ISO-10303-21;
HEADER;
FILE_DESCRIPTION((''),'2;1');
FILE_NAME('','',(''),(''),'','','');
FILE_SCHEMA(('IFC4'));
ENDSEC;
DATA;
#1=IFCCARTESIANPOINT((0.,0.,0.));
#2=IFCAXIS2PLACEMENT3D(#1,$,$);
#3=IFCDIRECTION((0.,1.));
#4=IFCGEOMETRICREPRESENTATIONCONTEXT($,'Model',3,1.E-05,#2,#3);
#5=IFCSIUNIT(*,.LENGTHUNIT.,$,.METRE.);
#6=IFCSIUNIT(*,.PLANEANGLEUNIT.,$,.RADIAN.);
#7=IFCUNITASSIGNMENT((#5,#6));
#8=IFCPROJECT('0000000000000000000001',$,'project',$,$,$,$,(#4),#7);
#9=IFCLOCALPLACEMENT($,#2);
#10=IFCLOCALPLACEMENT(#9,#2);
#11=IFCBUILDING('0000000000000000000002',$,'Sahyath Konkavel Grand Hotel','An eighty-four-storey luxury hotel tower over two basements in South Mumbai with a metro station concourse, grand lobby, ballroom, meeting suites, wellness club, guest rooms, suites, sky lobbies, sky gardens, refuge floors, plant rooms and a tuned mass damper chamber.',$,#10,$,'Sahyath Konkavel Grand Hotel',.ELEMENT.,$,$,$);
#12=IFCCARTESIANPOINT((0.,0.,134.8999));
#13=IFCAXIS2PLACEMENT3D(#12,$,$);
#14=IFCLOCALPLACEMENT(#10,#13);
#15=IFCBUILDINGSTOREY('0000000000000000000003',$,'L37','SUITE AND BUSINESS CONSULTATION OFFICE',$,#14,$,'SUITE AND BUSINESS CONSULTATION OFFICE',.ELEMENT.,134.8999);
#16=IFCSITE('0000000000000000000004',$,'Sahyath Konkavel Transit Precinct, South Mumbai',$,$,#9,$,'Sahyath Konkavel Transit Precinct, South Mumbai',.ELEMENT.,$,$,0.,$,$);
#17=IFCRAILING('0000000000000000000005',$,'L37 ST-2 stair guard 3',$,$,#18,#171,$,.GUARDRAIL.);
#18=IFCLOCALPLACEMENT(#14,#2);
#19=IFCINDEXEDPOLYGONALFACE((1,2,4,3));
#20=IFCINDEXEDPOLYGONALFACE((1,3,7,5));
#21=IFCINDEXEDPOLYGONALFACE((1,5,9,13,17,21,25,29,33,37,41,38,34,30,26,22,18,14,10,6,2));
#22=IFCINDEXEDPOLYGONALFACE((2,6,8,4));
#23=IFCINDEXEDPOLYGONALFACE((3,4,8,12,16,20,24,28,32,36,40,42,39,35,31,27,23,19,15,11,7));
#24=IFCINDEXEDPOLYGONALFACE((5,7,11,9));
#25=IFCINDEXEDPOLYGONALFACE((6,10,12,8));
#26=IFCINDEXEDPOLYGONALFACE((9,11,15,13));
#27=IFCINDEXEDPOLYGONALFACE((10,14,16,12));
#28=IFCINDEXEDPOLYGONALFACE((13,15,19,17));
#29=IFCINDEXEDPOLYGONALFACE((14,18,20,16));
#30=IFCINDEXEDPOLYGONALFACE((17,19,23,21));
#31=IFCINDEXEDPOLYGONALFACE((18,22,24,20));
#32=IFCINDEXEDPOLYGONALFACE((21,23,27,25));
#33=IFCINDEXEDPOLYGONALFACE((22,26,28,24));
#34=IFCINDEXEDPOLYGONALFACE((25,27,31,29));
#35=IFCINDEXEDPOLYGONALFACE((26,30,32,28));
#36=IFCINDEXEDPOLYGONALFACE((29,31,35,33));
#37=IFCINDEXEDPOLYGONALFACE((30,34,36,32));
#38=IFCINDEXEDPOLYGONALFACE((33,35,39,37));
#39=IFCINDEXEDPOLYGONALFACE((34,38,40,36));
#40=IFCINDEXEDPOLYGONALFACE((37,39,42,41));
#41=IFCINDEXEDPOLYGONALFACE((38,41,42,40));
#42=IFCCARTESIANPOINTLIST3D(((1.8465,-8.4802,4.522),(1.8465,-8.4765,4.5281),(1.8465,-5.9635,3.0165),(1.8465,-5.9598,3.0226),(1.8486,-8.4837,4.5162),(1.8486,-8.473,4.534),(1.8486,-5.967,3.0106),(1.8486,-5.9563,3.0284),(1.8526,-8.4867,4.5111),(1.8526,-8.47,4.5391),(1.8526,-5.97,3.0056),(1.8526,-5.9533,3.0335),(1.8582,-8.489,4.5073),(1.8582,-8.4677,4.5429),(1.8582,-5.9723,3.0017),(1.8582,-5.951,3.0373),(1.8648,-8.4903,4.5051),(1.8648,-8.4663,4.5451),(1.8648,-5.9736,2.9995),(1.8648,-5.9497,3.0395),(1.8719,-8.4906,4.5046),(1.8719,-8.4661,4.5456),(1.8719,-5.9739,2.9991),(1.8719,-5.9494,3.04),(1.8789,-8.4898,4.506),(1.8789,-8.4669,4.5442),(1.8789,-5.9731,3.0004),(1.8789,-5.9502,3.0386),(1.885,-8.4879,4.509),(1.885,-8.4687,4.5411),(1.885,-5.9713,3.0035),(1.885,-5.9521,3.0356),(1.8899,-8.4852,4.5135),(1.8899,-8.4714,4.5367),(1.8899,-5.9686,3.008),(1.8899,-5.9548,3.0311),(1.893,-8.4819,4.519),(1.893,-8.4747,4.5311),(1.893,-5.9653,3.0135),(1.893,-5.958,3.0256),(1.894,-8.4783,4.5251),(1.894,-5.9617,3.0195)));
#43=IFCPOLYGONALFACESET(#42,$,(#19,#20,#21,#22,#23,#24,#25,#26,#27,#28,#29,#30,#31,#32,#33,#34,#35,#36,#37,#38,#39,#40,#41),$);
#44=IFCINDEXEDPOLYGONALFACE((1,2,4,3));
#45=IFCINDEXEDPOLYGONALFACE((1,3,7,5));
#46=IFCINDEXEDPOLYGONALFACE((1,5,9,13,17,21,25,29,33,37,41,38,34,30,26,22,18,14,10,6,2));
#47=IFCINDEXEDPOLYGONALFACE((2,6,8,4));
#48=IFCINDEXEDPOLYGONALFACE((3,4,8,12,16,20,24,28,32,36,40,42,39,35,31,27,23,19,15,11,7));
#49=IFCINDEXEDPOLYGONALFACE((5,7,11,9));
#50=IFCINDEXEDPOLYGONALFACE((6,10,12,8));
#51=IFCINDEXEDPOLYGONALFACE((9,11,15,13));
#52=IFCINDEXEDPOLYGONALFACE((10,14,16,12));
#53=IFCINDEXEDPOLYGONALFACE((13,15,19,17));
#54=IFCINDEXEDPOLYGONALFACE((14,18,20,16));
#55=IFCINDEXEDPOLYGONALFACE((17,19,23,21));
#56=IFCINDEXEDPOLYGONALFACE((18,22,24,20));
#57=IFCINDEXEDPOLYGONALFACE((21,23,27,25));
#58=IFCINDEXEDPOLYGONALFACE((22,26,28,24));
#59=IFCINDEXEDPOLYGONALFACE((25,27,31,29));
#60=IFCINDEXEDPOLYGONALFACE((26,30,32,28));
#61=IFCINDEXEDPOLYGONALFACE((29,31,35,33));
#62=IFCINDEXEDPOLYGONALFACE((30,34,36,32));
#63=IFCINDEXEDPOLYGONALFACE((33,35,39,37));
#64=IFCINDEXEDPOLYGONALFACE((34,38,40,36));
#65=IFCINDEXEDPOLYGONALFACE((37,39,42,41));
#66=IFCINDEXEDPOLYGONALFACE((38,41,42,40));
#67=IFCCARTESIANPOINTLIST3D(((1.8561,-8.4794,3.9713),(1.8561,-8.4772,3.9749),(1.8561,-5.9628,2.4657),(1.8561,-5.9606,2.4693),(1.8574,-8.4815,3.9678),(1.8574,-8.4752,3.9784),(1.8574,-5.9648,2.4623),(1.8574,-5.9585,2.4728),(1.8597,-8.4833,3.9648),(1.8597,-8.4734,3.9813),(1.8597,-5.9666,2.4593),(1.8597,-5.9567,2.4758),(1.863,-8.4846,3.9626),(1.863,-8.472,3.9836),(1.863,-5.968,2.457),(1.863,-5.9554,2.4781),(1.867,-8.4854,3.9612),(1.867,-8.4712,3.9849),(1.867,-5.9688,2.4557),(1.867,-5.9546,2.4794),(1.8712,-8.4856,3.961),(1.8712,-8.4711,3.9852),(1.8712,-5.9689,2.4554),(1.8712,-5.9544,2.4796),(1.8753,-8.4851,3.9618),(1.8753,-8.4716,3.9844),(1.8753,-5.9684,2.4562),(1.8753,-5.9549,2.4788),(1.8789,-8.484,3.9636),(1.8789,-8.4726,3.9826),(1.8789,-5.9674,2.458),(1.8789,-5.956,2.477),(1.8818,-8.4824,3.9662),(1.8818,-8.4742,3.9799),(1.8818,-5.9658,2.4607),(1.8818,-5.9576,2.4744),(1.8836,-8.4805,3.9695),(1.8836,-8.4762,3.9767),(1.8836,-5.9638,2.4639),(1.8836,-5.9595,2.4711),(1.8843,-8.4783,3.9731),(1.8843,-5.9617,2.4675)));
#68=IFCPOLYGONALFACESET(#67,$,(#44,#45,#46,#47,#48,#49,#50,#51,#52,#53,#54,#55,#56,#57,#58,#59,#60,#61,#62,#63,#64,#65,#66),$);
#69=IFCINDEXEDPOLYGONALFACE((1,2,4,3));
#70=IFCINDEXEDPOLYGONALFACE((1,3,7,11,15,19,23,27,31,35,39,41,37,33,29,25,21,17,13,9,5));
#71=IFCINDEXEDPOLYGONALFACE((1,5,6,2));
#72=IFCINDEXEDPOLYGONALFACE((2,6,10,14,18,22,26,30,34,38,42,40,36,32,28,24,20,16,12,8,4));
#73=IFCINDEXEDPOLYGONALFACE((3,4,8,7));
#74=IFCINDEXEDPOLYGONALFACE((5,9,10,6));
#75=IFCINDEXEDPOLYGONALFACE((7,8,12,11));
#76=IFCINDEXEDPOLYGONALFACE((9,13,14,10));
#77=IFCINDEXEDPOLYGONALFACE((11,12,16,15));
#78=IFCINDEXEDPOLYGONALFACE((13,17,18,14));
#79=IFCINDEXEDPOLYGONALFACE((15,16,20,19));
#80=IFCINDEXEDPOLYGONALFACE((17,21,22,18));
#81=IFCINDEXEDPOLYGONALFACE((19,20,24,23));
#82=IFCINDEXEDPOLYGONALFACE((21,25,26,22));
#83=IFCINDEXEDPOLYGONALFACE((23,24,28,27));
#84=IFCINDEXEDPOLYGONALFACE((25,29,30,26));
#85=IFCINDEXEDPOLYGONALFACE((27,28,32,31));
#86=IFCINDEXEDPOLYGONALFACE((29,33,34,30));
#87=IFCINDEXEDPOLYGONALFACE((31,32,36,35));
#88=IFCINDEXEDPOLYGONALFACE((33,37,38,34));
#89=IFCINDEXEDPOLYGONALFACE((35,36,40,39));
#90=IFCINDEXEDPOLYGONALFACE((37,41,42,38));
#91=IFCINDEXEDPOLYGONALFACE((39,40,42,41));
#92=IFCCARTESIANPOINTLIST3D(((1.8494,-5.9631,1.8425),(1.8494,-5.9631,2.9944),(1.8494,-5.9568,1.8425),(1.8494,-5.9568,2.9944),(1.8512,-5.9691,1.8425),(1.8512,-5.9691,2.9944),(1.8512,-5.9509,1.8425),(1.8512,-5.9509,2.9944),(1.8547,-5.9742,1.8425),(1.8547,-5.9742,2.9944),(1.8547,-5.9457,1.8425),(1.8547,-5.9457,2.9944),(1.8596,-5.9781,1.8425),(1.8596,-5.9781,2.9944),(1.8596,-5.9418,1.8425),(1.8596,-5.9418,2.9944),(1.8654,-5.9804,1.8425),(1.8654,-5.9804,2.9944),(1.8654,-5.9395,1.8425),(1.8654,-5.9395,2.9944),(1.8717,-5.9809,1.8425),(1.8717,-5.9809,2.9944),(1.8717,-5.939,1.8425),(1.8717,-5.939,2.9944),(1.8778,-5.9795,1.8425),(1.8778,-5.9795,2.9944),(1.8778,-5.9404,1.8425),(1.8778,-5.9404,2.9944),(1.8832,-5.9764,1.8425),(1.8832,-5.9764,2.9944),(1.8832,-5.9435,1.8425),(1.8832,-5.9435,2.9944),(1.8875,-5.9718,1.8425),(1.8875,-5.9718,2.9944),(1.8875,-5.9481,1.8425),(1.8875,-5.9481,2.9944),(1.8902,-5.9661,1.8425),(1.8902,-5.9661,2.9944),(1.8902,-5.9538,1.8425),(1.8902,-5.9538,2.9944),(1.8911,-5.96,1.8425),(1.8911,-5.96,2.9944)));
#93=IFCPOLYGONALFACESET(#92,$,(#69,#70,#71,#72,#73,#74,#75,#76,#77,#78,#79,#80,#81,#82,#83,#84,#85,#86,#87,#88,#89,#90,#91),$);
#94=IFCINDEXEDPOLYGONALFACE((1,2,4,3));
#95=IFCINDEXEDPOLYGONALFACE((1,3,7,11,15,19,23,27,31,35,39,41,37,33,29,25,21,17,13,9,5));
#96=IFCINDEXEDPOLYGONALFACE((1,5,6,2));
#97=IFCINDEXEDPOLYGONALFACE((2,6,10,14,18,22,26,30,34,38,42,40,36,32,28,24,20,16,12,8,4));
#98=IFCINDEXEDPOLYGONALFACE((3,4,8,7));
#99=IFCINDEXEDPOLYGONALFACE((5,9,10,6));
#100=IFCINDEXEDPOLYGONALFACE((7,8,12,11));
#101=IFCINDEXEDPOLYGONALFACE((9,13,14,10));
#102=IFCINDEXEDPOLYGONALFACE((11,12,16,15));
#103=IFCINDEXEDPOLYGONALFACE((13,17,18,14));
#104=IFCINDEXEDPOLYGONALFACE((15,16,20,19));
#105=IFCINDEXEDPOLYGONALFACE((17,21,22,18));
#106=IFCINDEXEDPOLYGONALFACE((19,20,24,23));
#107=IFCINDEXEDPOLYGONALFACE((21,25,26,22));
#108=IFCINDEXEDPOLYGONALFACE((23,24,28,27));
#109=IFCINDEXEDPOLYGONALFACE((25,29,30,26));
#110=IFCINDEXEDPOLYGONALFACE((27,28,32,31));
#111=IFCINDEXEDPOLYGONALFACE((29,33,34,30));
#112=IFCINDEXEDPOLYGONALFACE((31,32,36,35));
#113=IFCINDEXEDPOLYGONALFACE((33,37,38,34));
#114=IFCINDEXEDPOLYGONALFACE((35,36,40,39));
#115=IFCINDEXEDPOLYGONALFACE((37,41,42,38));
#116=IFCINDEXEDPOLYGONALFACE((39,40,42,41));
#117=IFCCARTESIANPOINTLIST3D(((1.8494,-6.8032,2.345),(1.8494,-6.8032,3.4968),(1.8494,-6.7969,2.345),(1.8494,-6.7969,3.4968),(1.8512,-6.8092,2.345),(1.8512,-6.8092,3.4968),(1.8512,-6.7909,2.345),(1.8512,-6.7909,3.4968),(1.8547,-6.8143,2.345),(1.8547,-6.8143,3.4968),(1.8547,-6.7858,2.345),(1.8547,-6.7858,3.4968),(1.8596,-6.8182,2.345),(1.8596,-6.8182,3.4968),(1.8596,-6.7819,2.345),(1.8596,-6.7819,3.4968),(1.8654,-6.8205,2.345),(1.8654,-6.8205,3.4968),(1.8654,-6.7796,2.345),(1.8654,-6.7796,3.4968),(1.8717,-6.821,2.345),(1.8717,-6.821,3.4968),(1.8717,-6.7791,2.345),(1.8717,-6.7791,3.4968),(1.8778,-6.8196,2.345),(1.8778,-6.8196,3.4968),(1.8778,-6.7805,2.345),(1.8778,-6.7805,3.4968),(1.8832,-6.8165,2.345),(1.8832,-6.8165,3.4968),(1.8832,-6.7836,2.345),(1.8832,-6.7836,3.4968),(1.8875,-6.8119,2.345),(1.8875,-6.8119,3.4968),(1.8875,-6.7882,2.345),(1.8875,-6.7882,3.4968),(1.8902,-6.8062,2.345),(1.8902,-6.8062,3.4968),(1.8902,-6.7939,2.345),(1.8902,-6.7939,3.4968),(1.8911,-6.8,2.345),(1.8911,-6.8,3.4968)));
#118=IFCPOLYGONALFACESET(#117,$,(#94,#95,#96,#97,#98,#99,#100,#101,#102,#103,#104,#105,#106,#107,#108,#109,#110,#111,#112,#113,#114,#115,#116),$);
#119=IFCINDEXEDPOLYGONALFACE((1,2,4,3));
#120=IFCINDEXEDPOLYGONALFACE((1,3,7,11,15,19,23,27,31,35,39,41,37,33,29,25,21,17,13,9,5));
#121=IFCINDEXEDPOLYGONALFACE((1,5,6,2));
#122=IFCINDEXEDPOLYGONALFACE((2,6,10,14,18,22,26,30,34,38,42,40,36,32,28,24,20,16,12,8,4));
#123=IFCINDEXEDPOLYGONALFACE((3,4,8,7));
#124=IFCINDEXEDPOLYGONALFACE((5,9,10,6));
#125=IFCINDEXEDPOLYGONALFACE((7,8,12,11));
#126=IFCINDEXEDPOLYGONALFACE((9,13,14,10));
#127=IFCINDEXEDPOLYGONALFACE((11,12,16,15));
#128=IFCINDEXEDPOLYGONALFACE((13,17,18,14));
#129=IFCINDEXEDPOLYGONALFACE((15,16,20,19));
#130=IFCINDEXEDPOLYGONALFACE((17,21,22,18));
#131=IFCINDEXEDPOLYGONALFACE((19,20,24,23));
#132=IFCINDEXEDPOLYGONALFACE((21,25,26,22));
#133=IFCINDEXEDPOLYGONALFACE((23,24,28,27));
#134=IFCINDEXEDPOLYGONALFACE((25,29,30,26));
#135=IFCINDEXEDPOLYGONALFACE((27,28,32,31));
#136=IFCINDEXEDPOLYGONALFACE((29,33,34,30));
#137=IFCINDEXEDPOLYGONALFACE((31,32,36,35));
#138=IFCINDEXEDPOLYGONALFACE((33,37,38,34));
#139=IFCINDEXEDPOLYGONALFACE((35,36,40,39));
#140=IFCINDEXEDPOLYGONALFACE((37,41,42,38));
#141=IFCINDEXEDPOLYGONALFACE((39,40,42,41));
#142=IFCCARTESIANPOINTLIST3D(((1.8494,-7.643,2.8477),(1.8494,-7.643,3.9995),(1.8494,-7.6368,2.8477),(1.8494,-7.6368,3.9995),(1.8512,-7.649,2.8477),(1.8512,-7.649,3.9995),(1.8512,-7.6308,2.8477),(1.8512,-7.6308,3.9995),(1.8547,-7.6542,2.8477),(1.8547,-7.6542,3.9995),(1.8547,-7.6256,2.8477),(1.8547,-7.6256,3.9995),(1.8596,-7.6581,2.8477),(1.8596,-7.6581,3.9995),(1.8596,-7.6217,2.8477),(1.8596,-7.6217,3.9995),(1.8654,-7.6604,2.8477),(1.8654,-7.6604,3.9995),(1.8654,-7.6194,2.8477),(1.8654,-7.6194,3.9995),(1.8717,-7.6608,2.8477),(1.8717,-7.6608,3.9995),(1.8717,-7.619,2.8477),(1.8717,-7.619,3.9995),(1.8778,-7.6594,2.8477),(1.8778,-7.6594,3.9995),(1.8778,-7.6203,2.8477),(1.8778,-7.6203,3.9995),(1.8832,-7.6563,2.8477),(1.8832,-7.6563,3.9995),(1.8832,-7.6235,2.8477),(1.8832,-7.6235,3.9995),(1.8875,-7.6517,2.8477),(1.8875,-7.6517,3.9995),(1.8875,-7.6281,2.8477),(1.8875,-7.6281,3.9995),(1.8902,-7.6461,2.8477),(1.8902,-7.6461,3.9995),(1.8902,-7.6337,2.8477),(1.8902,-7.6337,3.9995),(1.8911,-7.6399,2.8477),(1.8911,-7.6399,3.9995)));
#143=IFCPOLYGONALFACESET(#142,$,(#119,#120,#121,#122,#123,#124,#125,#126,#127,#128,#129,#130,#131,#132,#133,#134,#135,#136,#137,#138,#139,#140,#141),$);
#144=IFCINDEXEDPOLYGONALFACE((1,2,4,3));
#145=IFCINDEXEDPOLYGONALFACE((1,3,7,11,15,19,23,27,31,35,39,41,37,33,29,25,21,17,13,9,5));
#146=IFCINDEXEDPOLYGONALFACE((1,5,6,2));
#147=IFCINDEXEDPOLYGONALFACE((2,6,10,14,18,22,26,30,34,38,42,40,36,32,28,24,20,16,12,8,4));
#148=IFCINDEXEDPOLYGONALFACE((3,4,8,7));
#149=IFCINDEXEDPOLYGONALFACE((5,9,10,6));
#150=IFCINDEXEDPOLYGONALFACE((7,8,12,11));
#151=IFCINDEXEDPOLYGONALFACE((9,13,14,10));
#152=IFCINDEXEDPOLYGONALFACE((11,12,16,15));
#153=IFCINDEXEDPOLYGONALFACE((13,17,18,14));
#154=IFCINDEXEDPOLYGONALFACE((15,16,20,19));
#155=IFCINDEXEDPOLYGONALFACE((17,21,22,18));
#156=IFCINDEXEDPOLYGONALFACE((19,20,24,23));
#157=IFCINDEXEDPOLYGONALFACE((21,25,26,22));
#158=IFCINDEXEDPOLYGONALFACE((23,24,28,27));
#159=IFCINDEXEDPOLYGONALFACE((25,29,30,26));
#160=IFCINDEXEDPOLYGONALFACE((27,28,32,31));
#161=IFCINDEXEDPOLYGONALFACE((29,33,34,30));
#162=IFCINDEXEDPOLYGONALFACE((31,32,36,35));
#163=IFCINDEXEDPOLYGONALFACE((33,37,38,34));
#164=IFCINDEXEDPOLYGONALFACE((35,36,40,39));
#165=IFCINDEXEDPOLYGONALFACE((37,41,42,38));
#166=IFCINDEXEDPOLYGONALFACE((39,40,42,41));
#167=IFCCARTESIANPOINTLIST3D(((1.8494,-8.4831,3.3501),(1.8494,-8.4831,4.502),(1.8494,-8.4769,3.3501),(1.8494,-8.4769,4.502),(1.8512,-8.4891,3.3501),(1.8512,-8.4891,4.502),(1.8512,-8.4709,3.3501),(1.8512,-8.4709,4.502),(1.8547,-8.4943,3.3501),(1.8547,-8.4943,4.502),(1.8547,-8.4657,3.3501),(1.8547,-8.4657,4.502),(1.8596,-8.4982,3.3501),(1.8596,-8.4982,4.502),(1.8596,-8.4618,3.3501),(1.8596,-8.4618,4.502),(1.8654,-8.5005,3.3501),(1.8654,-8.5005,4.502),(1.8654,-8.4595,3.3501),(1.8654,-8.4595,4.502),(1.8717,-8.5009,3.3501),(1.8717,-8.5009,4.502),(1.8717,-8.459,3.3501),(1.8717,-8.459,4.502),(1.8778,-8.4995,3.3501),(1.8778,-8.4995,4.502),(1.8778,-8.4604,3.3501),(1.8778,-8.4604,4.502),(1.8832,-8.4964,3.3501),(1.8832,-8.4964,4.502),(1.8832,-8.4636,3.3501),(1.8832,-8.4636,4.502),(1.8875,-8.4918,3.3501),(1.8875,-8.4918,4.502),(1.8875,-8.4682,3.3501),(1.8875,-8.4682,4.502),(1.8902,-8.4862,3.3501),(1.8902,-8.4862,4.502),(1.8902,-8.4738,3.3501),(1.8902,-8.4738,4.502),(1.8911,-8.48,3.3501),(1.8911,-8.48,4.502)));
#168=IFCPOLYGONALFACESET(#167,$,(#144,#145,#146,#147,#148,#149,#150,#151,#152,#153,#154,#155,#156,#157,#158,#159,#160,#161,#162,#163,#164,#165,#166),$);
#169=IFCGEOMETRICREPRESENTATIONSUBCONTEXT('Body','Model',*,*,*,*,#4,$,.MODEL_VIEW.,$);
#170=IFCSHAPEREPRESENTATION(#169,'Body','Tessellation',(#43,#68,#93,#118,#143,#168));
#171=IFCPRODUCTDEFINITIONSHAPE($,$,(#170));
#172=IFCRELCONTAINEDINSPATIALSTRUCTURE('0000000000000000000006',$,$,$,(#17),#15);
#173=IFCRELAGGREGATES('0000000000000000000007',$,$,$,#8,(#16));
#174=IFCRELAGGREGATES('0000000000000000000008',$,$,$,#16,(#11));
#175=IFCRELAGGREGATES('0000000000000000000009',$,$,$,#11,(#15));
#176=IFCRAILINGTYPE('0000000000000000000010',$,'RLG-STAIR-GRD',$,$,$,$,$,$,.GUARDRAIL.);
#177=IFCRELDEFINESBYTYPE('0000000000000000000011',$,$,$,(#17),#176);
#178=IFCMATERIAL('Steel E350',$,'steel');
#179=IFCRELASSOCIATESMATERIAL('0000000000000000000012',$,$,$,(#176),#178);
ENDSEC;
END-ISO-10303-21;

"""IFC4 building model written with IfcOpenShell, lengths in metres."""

from ifc_helpers import new_model, si_unit, direction, frame, origin, origin_2d, place, context, subcontext, project, spatial, circle, extrude, material, type_object, element, save


model = new_model("IFC4")

# Units and contexts
model_context = context("Model", 3, precision=1e-05, world=origin(), true_north=direction((0.0, 1.0)))
body_context = subcontext(model_context, "Body", "Model", "MODEL_VIEW")
ifc_project = project(units=[si_unit("LENGTHUNIT", "METRE"), si_unit("PLANEANGLEUNIT", "RADIAN")], contexts=[model_context])

# Site, building, storey
site_placement = place(None, origin())
site = spatial("IfcSite", under=ifc_project, at=site_placement, Name="Sahyath Konkavel Transit Precinct, South Mumbai", LongName="Sahyath Konkavel Transit Precinct, South Mumbai", CompositionType="ELEMENT", RefElevation=0.0)
building_placement = place(site_placement, origin())
building = spatial("IfcBuilding", under=site, at=building_placement, Name="Sahyath Konkavel Grand Hotel", Description="An eighty-four-storey luxury hotel tower over two basements in South Mumbai with a metro station concourse, grand lobby, ballroom, meeting suites, wellness club, guest rooms, suites, sky lobbies, sky gardens, refuge floors, plant rooms and a tuned mass damper chamber.", LongName="Sahyath Konkavel Grand Hotel", CompositionType="ELEMENT")
storey_placement = place(building_placement, frame((0.0, 0.0, 134.8999)))
storey = spatial("IfcBuildingStorey", under=building, at=storey_placement, Name="L37", Description="SUITE AND BUSINESS CONSULTATION OFFICE", LongName="SUITE AND BUSINESS CONSULTATION OFFICE", CompositionType="ELEMENT", Elevation=134.8999)

# Shared definitions
ifc_material_1 = material(Name="Steel E350", Category="steel")

# Railing
railing_type_1 = type_object("IfcRailingType", Name="RLG-STAIR-GRD", PredefinedType="GUARDRAIL", material=ifc_material_1)
railing_1_placement = place(storey_placement, frame((1.8701, -5.96, 1.8425)))
element("IfcRailing", 1, at=railing_1_placement, inside=storey, type_object=railing_type_1, Name="L37 ST-2 stair guard 3", PredefinedType="GUARDRAIL", context=body_context, shape_type="SweptSolid", body=[
    extrude(circle(Radius=0.0239, at=origin_2d()), frame((0.0, -0.0017, 1.177), z_axis=(0.0, -0.85816, 0.513383), x_axis=(1.0, 0.0, 0.0)), (0.0, 0.0, 1.0), 2.9326),
    extrude(circle(Radius=0.0142, at=origin_2d()), frame((0.0, -0.0017, 0.625), z_axis=(0.0, -0.85816, 0.513383), x_axis=(1.0, 0.0, 0.0)), (0.0, 0.0, 1.0), 2.9326),
    extrude(circle(Radius=0.021, at=origin_2d()), origin(), (0.0, 0.0, 1.0), 1.1519),
    extrude(circle(Radius=0.021, at=origin_2d()), frame((0.0, -0.8401, 0.5024)), (0.0, 0.0, 1.0), 1.1519),
    extrude(circle(Radius=0.021, at=origin_2d()), frame((0.0, -1.6799, 1.0051)), (0.0, 0.0, 1.0), 1.1519),
    extrude(circle(Radius=0.021, at=origin_2d()), frame((0.0, -2.52, 1.5076)), (0.0, 0.0, 1.0), 1.1519),
])

save(model, "model.ifc")
